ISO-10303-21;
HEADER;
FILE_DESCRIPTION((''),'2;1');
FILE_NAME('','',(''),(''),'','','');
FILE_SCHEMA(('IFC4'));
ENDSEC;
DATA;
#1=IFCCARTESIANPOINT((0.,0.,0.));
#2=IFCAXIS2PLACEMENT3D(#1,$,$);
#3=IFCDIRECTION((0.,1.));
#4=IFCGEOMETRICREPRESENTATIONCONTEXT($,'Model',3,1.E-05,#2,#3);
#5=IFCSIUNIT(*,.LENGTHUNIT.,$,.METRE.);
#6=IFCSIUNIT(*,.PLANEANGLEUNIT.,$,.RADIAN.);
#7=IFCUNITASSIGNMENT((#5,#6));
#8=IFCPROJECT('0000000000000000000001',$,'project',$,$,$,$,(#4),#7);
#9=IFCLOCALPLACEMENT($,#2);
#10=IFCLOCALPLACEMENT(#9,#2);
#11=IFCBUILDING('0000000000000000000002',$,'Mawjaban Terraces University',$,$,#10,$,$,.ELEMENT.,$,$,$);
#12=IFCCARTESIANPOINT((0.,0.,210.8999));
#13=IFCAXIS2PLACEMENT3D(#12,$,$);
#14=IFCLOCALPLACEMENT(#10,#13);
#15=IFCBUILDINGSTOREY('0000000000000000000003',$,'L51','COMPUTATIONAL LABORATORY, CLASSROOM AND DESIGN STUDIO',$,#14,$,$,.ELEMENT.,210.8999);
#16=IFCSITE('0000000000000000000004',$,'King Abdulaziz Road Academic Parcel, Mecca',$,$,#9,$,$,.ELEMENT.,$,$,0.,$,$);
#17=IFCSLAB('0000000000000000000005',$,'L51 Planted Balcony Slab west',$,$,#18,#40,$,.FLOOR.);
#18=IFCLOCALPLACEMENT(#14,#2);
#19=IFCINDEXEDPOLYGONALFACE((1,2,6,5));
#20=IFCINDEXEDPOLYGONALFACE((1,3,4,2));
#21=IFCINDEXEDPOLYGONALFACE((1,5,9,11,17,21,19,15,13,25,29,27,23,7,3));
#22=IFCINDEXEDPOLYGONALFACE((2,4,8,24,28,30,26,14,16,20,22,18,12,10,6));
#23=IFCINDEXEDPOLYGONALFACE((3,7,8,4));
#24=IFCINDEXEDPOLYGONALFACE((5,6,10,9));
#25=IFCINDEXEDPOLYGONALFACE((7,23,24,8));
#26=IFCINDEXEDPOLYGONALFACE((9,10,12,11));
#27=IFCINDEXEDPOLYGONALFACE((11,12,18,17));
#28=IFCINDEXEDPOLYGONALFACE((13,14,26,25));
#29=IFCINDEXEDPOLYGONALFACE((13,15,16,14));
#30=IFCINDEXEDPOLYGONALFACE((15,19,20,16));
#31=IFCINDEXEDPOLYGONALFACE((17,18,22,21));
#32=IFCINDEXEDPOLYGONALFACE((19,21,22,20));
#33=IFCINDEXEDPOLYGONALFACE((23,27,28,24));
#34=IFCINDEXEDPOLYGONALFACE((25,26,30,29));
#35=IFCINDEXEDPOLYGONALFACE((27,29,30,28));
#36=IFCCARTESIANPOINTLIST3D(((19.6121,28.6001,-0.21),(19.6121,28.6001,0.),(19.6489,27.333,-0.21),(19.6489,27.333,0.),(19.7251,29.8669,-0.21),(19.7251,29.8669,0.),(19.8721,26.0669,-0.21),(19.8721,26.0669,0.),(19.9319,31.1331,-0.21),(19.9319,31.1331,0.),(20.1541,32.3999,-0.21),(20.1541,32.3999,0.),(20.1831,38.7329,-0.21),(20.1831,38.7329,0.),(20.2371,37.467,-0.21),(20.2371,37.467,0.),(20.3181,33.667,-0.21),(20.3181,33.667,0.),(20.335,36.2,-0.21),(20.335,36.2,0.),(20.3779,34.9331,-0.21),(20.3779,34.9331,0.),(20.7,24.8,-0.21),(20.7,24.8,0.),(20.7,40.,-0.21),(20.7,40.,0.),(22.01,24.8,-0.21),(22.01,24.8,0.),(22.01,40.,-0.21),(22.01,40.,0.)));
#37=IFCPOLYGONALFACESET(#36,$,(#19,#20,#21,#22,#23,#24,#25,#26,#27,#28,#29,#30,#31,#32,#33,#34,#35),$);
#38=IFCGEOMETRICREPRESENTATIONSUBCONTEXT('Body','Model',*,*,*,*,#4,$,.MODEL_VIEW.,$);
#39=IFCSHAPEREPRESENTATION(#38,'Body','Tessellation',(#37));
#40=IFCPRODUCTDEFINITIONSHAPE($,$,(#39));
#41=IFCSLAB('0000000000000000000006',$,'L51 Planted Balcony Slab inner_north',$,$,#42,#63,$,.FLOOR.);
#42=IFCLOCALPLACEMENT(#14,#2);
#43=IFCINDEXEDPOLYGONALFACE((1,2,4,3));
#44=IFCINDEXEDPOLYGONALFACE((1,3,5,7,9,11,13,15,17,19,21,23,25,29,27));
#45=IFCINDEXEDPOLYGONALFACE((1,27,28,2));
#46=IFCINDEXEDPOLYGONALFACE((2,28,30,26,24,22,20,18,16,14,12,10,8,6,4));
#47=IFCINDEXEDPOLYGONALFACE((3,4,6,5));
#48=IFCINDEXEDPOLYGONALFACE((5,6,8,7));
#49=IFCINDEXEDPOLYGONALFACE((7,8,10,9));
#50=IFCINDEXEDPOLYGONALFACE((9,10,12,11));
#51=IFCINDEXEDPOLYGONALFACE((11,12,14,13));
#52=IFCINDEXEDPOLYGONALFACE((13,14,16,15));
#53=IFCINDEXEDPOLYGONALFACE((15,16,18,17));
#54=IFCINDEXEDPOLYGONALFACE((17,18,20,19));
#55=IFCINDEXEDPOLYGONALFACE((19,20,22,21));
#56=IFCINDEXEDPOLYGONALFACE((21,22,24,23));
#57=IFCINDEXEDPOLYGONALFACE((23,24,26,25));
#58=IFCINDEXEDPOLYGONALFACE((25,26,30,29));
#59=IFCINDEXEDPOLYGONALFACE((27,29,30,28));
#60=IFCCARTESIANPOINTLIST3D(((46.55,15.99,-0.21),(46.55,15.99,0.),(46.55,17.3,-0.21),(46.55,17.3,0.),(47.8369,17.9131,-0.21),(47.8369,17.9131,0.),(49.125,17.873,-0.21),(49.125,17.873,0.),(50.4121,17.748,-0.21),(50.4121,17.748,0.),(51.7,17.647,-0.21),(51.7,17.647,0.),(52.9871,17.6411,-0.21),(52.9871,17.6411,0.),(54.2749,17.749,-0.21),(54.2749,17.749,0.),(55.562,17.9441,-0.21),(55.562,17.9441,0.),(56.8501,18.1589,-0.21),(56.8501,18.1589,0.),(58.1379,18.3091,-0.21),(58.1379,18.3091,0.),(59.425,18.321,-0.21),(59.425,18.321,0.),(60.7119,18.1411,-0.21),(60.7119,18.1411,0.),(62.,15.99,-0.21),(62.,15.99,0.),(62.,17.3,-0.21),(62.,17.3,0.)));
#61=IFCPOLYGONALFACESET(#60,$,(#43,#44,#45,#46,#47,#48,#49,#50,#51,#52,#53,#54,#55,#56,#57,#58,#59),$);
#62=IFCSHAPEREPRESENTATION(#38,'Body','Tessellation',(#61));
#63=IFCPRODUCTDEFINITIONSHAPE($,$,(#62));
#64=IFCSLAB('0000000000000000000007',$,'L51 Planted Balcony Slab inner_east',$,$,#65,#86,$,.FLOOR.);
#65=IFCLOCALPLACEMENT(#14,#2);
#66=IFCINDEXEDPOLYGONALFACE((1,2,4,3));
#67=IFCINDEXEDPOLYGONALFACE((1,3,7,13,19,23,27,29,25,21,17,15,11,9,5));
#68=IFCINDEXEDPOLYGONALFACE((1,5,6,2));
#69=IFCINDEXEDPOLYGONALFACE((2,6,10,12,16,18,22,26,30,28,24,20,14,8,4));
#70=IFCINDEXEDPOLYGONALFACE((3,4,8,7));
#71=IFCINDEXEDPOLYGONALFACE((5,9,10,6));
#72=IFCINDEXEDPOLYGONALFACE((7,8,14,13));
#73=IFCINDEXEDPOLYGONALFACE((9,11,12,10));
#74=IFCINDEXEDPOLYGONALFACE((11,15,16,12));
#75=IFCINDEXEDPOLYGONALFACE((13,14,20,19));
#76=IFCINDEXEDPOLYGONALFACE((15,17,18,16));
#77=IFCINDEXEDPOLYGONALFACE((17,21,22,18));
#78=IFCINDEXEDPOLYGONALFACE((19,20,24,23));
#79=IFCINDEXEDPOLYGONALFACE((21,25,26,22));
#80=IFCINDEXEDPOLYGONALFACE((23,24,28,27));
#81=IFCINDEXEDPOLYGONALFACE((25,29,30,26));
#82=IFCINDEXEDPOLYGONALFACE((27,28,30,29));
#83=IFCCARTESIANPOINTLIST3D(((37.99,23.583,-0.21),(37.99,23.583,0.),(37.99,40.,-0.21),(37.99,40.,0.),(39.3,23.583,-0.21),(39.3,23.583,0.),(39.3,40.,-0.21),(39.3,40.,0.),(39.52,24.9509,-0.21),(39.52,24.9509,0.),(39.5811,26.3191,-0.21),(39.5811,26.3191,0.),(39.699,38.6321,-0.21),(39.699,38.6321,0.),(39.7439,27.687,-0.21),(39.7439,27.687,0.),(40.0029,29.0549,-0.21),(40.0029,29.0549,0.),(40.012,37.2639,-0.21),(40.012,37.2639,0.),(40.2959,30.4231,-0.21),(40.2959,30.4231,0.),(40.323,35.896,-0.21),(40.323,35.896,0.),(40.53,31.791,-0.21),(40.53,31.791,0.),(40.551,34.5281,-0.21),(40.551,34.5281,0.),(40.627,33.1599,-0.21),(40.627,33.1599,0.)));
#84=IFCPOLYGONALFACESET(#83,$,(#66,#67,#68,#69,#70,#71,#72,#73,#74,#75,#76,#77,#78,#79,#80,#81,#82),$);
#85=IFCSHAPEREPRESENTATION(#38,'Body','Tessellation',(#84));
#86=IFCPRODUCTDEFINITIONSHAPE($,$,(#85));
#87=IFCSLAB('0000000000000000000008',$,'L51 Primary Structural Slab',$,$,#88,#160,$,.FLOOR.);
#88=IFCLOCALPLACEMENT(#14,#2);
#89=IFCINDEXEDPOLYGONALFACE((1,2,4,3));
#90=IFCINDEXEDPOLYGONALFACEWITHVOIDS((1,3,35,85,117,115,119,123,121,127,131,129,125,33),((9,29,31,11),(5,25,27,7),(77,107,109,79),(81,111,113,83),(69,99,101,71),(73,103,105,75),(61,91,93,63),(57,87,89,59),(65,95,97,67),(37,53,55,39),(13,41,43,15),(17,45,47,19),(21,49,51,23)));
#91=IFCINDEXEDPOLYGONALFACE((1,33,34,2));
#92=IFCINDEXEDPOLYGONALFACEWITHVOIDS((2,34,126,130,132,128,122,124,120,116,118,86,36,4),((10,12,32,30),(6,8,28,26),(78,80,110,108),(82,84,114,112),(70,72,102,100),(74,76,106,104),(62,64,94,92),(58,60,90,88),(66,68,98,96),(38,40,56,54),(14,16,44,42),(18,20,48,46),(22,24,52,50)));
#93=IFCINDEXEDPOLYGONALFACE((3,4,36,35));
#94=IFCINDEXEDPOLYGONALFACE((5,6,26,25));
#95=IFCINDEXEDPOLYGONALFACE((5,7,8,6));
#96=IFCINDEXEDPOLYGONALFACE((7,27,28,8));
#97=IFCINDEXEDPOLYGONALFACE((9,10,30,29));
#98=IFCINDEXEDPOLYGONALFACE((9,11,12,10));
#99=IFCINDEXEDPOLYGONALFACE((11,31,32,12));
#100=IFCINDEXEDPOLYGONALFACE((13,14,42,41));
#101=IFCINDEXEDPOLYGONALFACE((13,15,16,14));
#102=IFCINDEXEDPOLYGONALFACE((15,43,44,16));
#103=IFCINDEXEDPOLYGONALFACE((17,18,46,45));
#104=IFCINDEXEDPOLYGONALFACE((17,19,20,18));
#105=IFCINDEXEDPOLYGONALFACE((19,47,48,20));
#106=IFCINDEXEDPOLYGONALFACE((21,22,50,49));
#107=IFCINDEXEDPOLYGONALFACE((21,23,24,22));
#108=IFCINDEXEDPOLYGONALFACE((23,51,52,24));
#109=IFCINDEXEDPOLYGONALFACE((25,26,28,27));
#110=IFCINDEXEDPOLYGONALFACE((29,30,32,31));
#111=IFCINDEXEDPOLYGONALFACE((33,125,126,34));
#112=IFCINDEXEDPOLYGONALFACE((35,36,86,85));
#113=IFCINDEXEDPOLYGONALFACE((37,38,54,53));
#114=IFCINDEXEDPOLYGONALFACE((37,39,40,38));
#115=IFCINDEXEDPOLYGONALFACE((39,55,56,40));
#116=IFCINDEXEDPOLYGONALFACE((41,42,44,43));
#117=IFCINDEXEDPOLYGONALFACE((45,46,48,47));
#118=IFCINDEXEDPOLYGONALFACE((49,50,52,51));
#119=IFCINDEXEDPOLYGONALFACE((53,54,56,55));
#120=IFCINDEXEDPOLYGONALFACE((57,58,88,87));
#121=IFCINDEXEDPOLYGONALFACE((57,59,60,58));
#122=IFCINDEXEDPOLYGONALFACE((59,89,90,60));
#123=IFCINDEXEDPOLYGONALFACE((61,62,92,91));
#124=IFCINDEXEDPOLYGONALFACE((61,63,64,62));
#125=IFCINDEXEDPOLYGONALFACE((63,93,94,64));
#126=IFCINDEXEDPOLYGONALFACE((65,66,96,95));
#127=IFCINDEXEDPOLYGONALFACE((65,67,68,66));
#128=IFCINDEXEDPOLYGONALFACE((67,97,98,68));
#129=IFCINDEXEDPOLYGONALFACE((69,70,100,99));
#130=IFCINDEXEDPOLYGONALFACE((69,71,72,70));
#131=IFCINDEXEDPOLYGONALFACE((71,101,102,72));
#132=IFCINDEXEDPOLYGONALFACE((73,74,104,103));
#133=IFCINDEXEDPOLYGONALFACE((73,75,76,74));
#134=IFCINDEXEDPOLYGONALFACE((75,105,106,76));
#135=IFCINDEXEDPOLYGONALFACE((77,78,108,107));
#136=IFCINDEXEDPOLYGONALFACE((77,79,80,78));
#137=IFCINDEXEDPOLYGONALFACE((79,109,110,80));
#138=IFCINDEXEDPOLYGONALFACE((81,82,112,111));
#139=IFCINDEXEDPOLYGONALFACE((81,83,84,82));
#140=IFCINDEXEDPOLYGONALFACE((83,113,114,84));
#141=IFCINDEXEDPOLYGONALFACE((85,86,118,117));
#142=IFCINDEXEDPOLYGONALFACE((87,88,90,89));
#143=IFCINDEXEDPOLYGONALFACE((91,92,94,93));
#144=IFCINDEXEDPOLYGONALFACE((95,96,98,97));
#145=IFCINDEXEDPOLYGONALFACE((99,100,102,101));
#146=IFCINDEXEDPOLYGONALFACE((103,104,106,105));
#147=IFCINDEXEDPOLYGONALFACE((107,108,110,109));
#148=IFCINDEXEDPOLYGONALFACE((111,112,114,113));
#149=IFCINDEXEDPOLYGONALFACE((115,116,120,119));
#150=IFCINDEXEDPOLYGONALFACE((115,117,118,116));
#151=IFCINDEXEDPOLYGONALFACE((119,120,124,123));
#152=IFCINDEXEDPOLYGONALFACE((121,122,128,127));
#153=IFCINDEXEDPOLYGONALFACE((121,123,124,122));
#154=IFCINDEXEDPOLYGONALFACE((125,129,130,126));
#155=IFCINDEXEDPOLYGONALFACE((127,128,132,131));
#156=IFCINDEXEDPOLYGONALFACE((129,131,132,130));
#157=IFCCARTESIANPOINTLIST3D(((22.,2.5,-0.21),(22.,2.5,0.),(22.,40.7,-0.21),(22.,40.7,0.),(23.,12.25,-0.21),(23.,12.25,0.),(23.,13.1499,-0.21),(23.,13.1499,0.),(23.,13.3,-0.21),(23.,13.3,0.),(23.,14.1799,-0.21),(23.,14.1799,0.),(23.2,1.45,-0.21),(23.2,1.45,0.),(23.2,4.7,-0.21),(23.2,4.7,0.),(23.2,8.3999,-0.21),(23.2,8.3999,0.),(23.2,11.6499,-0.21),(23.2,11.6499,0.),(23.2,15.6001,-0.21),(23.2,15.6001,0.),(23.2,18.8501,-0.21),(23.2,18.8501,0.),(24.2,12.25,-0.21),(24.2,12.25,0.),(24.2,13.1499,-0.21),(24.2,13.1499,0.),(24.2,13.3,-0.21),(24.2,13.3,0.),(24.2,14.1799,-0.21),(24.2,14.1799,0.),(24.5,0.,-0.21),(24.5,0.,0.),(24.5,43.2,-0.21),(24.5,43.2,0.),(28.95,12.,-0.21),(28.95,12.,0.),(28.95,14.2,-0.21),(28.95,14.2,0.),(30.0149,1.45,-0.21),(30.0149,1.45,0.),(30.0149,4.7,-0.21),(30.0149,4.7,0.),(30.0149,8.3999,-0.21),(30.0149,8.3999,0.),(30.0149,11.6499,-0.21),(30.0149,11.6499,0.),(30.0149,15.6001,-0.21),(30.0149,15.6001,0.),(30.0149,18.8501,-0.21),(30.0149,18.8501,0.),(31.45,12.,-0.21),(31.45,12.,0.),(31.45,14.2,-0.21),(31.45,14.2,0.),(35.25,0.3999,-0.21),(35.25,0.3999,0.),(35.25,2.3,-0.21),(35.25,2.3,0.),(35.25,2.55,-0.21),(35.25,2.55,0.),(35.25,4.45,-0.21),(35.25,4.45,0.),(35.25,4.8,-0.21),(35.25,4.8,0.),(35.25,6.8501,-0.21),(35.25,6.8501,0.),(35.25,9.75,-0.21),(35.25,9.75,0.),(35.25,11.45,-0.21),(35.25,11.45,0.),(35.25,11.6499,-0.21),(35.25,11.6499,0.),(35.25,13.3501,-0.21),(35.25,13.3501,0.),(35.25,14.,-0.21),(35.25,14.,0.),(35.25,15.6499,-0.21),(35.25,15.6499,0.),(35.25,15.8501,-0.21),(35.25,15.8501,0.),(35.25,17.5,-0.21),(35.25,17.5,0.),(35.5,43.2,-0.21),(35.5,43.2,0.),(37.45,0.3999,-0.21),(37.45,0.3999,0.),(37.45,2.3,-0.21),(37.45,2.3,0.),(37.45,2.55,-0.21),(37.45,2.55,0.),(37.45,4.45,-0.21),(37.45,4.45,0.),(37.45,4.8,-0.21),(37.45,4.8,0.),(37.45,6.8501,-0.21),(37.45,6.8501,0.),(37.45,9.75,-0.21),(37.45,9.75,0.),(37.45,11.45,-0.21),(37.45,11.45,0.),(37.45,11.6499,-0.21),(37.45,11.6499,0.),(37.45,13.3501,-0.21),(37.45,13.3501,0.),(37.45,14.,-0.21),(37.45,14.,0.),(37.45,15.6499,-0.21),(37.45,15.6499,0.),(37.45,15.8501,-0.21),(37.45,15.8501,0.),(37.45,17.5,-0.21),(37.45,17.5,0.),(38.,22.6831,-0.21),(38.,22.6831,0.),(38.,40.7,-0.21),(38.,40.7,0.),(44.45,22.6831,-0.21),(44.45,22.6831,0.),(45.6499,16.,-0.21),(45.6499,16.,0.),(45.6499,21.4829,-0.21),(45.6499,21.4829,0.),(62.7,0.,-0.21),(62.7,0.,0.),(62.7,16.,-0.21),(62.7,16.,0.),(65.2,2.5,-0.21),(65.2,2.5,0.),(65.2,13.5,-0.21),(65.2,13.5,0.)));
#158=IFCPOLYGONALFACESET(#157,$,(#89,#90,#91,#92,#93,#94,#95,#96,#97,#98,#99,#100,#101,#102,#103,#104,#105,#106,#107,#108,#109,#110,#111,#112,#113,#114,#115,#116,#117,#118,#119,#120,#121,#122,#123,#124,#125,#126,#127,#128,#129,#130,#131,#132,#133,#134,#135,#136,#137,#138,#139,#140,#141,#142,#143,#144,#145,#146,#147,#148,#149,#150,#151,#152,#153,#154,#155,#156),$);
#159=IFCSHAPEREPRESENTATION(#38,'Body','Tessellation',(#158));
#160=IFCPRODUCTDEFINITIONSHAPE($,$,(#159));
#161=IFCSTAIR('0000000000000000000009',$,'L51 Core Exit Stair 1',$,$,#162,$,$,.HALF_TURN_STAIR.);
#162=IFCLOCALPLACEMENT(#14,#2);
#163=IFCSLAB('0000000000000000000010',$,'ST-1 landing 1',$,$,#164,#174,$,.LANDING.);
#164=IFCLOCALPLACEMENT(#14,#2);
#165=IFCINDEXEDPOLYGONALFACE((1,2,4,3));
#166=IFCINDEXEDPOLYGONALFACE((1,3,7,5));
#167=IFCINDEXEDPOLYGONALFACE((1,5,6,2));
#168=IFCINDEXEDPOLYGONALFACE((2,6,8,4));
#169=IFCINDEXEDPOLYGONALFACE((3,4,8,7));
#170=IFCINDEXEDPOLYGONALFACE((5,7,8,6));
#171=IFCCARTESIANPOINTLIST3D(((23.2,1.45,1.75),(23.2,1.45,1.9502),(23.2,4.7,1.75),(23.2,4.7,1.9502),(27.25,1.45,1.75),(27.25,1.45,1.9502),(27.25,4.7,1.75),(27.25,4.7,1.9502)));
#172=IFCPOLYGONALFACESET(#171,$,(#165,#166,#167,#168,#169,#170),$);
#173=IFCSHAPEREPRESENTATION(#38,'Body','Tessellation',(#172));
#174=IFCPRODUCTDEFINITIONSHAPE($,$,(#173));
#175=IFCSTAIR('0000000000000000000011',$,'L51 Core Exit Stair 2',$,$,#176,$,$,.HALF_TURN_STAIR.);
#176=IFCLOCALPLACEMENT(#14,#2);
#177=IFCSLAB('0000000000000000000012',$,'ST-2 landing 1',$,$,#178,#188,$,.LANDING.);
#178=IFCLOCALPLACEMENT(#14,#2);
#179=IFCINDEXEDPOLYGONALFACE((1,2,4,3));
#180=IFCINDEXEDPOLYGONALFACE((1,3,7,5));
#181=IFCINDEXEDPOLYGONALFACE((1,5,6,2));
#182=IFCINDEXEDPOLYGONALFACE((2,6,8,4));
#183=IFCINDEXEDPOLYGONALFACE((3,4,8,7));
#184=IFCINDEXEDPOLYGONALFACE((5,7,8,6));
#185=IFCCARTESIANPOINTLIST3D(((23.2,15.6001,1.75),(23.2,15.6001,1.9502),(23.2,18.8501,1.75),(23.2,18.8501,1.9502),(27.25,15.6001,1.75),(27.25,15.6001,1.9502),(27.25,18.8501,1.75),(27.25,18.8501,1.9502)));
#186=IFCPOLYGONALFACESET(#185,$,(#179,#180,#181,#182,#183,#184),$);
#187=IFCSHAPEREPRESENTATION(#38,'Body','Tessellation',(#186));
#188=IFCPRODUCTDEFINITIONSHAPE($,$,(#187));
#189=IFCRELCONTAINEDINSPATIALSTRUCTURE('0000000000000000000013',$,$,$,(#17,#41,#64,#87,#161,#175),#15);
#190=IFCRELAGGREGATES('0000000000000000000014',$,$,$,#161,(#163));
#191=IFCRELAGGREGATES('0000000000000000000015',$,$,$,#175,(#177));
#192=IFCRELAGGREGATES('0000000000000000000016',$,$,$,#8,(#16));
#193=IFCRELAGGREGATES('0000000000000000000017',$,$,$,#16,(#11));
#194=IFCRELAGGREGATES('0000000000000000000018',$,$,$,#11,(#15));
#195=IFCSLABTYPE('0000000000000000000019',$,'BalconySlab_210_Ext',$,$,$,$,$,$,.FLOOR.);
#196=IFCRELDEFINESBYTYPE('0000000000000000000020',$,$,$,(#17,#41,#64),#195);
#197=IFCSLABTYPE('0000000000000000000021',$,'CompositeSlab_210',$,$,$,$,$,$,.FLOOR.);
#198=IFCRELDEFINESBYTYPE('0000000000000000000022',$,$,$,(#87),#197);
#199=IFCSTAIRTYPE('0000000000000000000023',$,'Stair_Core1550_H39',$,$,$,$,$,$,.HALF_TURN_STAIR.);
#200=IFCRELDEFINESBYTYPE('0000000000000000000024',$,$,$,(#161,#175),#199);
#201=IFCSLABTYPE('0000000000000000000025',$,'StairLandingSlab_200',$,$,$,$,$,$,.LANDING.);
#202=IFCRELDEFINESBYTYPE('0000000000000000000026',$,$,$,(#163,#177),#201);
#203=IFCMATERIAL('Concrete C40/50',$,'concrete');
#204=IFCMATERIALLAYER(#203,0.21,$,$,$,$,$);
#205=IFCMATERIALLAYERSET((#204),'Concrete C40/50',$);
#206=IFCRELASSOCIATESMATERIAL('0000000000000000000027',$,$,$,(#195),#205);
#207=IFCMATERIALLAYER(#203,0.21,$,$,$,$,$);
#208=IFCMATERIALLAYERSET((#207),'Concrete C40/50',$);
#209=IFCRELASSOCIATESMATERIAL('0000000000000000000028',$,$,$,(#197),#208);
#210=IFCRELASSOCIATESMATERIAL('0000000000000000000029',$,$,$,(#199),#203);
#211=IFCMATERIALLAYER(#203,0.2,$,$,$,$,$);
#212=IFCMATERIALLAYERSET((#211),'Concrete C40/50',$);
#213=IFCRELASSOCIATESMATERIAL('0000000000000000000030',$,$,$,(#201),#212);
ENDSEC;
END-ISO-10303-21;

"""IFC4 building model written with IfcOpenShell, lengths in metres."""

from ifc_helpers import new_model, si_unit, direction, frame, origin, place, context, subcontext, project, spatial, polyline, outline, extrude, material, layer, layer_set, type_object, element, aggregate, save


model = new_model("IFC4")

# Units and contexts
model_context = context("Model", 3, precision=1e-05, world=origin(), true_north=direction((0.0, 1.0)))
body_context = subcontext(model_context, "Body", "Model", "MODEL_VIEW")
ifc_project = project(units=[si_unit("LENGTHUNIT", "METRE"), si_unit("PLANEANGLEUNIT", "RADIAN")], contexts=[model_context])

# Site, building, storey
site_placement = place(None, origin())
site = spatial("IfcSite", under=ifc_project, at=site_placement, Name="King Abdulaziz Road Academic Parcel, Mecca", CompositionType="ELEMENT", RefElevation=0.0)
building_placement = place(site_placement, origin())
building = spatial("IfcBuilding", under=site, at=building_placement, Name="Mawjaban Terraces University", CompositionType="ELEMENT")
storey_placement = place(building_placement, frame((0.0, 0.0, 210.8999)))
storey = spatial("IfcBuildingStorey", under=building, at=storey_placement, Name="L51", Description="COMPUTATIONAL LABORATORY, CLASSROOM AND DESIGN STUDIO", CompositionType="ELEMENT", Elevation=210.8999)

# Slabs
ifc_material_1 = material(Name="Concrete C40/50", Category="concrete")
ifc_layer_1 = layer(ifc_material_1, 0.21)
ifc_layer_set_1 = layer_set([ifc_layer_1], Name="Concrete C40/50")
slab_type_1 = type_object("IfcSlabType", Name="BalconySlab_210_Ext", PredefinedType="FLOOR", material=ifc_layer_set_1)
slab_1_placement = place(storey_placement, frame((0.0, 0.0, -0.21)))
element("IfcSlab", 1, at=slab_1_placement, inside=storey, type_object=slab_type_1, Name="L51 Planted Balcony Slab west", PredefinedType="FLOOR", context=body_context, shape_type="SweptSolid", body=[
    extrude(outline(polyline([(22.01, 24.8), (22.01, 40.0), (20.7, 40.0), (20.1831, 38.7329), (20.2371, 37.467), (20.335, 36.2), (20.3779, 34.9331), (20.3181, 33.667), (20.1541, 32.3999), (19.9319, 31.1331), (19.7251, 29.8669), (19.6121, 28.6001), (19.6489, 27.333), (19.8721, 26.0669), (20.7, 24.8), (22.01, 24.8)])), origin(), (0.0, 0.0, 1.0), 0.21),
])
slab_2_placement = place(storey_placement, frame((0.0, 0.0, -0.21)))
element("IfcSlab", 2, at=slab_2_placement, inside=storey, type_object=slab_type_1, Name="L51 Planted Balcony Slab inner_north", PredefinedType="FLOOR", context=body_context, shape_type="SweptSolid", body=[
    extrude(outline(polyline([(46.55, 15.99), (62.0, 15.99), (62.0, 17.3), (60.7119, 18.1411), (59.425, 18.321), (58.1379, 18.3091), (56.8501, 18.1589), (55.562, 17.9441), (54.2749, 17.749), (52.9871, 17.6411), (51.7, 17.647), (50.4121, 17.748), (49.125, 17.873), (47.8369, 17.9131), (46.55, 17.3), (46.55, 15.99)])), origin(), (0.0, 0.0, 1.0), 0.21),
])
slab_3_placement = place(storey_placement, frame((0.0, 0.0, -0.21)))
element("IfcSlab", 3, at=slab_3_placement, inside=storey, type_object=slab_type_1, Name="L51 Planted Balcony Slab inner_east", PredefinedType="FLOOR", context=body_context, shape_type="SweptSolid", body=[
    extrude(outline(polyline([(39.3, 23.583), (39.52, 24.9509), (39.5811, 26.3191), (39.7439, 27.687), (40.0029, 29.0549), (40.2959, 30.4231), (40.53, 31.791), (40.627, 33.1599), (40.551, 34.5281), (40.323, 35.896), (40.012, 37.2639), (39.699, 38.6321), (39.3, 40.0), (37.99, 40.0), (37.99, 23.583), (39.3, 23.583)])), origin(), (0.0, 0.0, 1.0), 0.21),
])
ifc_layer_2 = layer(ifc_material_1, 0.21)
ifc_layer_set_2 = layer_set([ifc_layer_2], Name="Concrete C40/50")
slab_type_2 = type_object("IfcSlabType", Name="CompositeSlab_210", PredefinedType="FLOOR", material=ifc_layer_set_2)
slab_4_placement = place(storey_placement, frame((0.0, 0.0, -0.21)))
element("IfcSlab", 4, at=slab_4_placement, inside=storey, type_object=slab_type_2, Name="L51 Primary Structural Slab", PredefinedType="FLOOR", context=body_context, shape_type="SweptSolid", body=[
    extrude(outline(polyline([(24.5, 0.0), (62.7, 0.0), (65.2, 2.5), (65.2, 13.5), (62.7, 16.0), (45.6499, 16.0), (45.6499, 21.4829), (44.45, 22.6831), (38.0, 22.6831), (38.0, 40.7), (35.5, 43.2), (24.5, 43.2), (22.0, 40.7), (22.0, 2.5), (24.5, 0.0)]), holes=[polyline([(30.0149, 4.7), (23.2, 4.7), (23.2, 1.45), (30.0149, 1.45), (30.0149, 4.7)]), polyline([(30.0149, 18.8501), (23.2, 18.8501), (23.2, 15.6001), (30.0149, 15.6001), (30.0149, 18.8501)]), polyline([(30.0149, 11.6499), (23.2, 11.6499), (23.2, 8.3999), (30.0149, 8.3999), (30.0149, 11.6499)]), polyline([(35.25, 0.3999), (37.45, 0.3999), (37.45, 2.3), (35.25, 2.3), (35.25, 0.3999)]), polyline([(35.25, 2.55), (37.45, 2.55), (37.45, 4.45), (35.25, 4.45), (35.25, 2.55)]), polyline([(35.25, 4.8), (37.45, 4.8), (37.45, 6.8501), (35.25, 6.8501), (35.25, 4.8)]), polyline([(35.25, 9.75), (37.45, 9.75), (37.45, 11.45), (35.25, 11.45), (35.25, 9.75)]), polyline([(35.25, 11.6499), (37.45, 11.6499), (37.45, 13.3501), (35.25, 13.3501), (35.25, 11.6499)]), polyline([(28.95, 12.0), (31.45, 12.0), (31.45, 14.2), (28.95, 14.2), (28.95, 12.0)]), polyline([(35.25, 14.0), (37.45, 14.0), (37.45, 15.6499), (35.25, 15.6499), (35.25, 14.0)]), polyline([(35.25, 15.8501), (37.45, 15.8501), (37.45, 17.5), (35.25, 17.5), (35.25, 15.8501)]), polyline([(23.0, 12.25), (24.2, 12.25), (24.2, 13.1499), (23.0, 13.1499), (23.0, 12.25)]), polyline([(23.0, 13.3), (24.2, 13.3), (24.2, 14.1799), (23.0, 14.1799), (23.0, 13.3)])]), origin(), (0.0, 0.0, 1.0), 0.21),
])

# Stairs, slabs
stair_type = type_object("IfcStairType", Name="Stair_Core1550_H39", PredefinedType="HALF_TURN_STAIR", material=ifc_material_1)
stair_1_placement = place(storey_placement, origin())
stair_1 = element("IfcStair", 5, at=stair_1_placement, inside=storey, type_object=stair_type, Name="L51 Core Exit Stair 1", PredefinedType="HALF_TURN_STAIR")
ifc_layer_3 = layer(ifc_material_1, 0.2)
ifc_layer_set_3 = layer_set([ifc_layer_3], Name="Concrete C40/50")
slab_type_3 = type_object("IfcSlabType", Name="StairLandingSlab_200", PredefinedType="LANDING", material=ifc_layer_set_3)
slab_5_placement = place(storey_placement, frame((0.0, 0.0, 1.75)))
slab_5 = element("IfcSlab", 6, at=slab_5_placement, type_object=slab_type_3, Name="ST-1 landing 1", PredefinedType="LANDING", context=body_context, shape_type="SweptSolid", body=[
    extrude(outline(polyline([(27.25, 4.7), (23.2, 4.7), (23.2, 1.45), (27.25, 1.45), (27.25, 4.7)])), origin(), (0.0, 0.0, 1.0), 0.2002),
])
aggregate(stair_1, [slab_5])
stair_2_placement = place(storey_placement, origin())
stair_2 = element("IfcStair", 7, at=stair_2_placement, inside=storey, type_object=stair_type, Name="L51 Core Exit Stair 2", PredefinedType="HALF_TURN_STAIR")
slab_6_placement = place(storey_placement, frame((0.0, 0.0, 1.75)))
slab_6 = element("IfcSlab", 8, at=slab_6_placement, type_object=slab_type_3, Name="ST-2 landing 1", PredefinedType="LANDING", context=body_context, shape_type="SweptSolid", body=[
    extrude(outline(polyline([(27.25, 18.8501), (23.2, 18.8501), (23.2, 15.6001), (27.25, 15.6001), (27.25, 18.8501)])), origin(), (0.0, 0.0, 1.0), 0.2002),
])
aggregate(stair_2, [slab_6])

save(model, "model.ifc")
